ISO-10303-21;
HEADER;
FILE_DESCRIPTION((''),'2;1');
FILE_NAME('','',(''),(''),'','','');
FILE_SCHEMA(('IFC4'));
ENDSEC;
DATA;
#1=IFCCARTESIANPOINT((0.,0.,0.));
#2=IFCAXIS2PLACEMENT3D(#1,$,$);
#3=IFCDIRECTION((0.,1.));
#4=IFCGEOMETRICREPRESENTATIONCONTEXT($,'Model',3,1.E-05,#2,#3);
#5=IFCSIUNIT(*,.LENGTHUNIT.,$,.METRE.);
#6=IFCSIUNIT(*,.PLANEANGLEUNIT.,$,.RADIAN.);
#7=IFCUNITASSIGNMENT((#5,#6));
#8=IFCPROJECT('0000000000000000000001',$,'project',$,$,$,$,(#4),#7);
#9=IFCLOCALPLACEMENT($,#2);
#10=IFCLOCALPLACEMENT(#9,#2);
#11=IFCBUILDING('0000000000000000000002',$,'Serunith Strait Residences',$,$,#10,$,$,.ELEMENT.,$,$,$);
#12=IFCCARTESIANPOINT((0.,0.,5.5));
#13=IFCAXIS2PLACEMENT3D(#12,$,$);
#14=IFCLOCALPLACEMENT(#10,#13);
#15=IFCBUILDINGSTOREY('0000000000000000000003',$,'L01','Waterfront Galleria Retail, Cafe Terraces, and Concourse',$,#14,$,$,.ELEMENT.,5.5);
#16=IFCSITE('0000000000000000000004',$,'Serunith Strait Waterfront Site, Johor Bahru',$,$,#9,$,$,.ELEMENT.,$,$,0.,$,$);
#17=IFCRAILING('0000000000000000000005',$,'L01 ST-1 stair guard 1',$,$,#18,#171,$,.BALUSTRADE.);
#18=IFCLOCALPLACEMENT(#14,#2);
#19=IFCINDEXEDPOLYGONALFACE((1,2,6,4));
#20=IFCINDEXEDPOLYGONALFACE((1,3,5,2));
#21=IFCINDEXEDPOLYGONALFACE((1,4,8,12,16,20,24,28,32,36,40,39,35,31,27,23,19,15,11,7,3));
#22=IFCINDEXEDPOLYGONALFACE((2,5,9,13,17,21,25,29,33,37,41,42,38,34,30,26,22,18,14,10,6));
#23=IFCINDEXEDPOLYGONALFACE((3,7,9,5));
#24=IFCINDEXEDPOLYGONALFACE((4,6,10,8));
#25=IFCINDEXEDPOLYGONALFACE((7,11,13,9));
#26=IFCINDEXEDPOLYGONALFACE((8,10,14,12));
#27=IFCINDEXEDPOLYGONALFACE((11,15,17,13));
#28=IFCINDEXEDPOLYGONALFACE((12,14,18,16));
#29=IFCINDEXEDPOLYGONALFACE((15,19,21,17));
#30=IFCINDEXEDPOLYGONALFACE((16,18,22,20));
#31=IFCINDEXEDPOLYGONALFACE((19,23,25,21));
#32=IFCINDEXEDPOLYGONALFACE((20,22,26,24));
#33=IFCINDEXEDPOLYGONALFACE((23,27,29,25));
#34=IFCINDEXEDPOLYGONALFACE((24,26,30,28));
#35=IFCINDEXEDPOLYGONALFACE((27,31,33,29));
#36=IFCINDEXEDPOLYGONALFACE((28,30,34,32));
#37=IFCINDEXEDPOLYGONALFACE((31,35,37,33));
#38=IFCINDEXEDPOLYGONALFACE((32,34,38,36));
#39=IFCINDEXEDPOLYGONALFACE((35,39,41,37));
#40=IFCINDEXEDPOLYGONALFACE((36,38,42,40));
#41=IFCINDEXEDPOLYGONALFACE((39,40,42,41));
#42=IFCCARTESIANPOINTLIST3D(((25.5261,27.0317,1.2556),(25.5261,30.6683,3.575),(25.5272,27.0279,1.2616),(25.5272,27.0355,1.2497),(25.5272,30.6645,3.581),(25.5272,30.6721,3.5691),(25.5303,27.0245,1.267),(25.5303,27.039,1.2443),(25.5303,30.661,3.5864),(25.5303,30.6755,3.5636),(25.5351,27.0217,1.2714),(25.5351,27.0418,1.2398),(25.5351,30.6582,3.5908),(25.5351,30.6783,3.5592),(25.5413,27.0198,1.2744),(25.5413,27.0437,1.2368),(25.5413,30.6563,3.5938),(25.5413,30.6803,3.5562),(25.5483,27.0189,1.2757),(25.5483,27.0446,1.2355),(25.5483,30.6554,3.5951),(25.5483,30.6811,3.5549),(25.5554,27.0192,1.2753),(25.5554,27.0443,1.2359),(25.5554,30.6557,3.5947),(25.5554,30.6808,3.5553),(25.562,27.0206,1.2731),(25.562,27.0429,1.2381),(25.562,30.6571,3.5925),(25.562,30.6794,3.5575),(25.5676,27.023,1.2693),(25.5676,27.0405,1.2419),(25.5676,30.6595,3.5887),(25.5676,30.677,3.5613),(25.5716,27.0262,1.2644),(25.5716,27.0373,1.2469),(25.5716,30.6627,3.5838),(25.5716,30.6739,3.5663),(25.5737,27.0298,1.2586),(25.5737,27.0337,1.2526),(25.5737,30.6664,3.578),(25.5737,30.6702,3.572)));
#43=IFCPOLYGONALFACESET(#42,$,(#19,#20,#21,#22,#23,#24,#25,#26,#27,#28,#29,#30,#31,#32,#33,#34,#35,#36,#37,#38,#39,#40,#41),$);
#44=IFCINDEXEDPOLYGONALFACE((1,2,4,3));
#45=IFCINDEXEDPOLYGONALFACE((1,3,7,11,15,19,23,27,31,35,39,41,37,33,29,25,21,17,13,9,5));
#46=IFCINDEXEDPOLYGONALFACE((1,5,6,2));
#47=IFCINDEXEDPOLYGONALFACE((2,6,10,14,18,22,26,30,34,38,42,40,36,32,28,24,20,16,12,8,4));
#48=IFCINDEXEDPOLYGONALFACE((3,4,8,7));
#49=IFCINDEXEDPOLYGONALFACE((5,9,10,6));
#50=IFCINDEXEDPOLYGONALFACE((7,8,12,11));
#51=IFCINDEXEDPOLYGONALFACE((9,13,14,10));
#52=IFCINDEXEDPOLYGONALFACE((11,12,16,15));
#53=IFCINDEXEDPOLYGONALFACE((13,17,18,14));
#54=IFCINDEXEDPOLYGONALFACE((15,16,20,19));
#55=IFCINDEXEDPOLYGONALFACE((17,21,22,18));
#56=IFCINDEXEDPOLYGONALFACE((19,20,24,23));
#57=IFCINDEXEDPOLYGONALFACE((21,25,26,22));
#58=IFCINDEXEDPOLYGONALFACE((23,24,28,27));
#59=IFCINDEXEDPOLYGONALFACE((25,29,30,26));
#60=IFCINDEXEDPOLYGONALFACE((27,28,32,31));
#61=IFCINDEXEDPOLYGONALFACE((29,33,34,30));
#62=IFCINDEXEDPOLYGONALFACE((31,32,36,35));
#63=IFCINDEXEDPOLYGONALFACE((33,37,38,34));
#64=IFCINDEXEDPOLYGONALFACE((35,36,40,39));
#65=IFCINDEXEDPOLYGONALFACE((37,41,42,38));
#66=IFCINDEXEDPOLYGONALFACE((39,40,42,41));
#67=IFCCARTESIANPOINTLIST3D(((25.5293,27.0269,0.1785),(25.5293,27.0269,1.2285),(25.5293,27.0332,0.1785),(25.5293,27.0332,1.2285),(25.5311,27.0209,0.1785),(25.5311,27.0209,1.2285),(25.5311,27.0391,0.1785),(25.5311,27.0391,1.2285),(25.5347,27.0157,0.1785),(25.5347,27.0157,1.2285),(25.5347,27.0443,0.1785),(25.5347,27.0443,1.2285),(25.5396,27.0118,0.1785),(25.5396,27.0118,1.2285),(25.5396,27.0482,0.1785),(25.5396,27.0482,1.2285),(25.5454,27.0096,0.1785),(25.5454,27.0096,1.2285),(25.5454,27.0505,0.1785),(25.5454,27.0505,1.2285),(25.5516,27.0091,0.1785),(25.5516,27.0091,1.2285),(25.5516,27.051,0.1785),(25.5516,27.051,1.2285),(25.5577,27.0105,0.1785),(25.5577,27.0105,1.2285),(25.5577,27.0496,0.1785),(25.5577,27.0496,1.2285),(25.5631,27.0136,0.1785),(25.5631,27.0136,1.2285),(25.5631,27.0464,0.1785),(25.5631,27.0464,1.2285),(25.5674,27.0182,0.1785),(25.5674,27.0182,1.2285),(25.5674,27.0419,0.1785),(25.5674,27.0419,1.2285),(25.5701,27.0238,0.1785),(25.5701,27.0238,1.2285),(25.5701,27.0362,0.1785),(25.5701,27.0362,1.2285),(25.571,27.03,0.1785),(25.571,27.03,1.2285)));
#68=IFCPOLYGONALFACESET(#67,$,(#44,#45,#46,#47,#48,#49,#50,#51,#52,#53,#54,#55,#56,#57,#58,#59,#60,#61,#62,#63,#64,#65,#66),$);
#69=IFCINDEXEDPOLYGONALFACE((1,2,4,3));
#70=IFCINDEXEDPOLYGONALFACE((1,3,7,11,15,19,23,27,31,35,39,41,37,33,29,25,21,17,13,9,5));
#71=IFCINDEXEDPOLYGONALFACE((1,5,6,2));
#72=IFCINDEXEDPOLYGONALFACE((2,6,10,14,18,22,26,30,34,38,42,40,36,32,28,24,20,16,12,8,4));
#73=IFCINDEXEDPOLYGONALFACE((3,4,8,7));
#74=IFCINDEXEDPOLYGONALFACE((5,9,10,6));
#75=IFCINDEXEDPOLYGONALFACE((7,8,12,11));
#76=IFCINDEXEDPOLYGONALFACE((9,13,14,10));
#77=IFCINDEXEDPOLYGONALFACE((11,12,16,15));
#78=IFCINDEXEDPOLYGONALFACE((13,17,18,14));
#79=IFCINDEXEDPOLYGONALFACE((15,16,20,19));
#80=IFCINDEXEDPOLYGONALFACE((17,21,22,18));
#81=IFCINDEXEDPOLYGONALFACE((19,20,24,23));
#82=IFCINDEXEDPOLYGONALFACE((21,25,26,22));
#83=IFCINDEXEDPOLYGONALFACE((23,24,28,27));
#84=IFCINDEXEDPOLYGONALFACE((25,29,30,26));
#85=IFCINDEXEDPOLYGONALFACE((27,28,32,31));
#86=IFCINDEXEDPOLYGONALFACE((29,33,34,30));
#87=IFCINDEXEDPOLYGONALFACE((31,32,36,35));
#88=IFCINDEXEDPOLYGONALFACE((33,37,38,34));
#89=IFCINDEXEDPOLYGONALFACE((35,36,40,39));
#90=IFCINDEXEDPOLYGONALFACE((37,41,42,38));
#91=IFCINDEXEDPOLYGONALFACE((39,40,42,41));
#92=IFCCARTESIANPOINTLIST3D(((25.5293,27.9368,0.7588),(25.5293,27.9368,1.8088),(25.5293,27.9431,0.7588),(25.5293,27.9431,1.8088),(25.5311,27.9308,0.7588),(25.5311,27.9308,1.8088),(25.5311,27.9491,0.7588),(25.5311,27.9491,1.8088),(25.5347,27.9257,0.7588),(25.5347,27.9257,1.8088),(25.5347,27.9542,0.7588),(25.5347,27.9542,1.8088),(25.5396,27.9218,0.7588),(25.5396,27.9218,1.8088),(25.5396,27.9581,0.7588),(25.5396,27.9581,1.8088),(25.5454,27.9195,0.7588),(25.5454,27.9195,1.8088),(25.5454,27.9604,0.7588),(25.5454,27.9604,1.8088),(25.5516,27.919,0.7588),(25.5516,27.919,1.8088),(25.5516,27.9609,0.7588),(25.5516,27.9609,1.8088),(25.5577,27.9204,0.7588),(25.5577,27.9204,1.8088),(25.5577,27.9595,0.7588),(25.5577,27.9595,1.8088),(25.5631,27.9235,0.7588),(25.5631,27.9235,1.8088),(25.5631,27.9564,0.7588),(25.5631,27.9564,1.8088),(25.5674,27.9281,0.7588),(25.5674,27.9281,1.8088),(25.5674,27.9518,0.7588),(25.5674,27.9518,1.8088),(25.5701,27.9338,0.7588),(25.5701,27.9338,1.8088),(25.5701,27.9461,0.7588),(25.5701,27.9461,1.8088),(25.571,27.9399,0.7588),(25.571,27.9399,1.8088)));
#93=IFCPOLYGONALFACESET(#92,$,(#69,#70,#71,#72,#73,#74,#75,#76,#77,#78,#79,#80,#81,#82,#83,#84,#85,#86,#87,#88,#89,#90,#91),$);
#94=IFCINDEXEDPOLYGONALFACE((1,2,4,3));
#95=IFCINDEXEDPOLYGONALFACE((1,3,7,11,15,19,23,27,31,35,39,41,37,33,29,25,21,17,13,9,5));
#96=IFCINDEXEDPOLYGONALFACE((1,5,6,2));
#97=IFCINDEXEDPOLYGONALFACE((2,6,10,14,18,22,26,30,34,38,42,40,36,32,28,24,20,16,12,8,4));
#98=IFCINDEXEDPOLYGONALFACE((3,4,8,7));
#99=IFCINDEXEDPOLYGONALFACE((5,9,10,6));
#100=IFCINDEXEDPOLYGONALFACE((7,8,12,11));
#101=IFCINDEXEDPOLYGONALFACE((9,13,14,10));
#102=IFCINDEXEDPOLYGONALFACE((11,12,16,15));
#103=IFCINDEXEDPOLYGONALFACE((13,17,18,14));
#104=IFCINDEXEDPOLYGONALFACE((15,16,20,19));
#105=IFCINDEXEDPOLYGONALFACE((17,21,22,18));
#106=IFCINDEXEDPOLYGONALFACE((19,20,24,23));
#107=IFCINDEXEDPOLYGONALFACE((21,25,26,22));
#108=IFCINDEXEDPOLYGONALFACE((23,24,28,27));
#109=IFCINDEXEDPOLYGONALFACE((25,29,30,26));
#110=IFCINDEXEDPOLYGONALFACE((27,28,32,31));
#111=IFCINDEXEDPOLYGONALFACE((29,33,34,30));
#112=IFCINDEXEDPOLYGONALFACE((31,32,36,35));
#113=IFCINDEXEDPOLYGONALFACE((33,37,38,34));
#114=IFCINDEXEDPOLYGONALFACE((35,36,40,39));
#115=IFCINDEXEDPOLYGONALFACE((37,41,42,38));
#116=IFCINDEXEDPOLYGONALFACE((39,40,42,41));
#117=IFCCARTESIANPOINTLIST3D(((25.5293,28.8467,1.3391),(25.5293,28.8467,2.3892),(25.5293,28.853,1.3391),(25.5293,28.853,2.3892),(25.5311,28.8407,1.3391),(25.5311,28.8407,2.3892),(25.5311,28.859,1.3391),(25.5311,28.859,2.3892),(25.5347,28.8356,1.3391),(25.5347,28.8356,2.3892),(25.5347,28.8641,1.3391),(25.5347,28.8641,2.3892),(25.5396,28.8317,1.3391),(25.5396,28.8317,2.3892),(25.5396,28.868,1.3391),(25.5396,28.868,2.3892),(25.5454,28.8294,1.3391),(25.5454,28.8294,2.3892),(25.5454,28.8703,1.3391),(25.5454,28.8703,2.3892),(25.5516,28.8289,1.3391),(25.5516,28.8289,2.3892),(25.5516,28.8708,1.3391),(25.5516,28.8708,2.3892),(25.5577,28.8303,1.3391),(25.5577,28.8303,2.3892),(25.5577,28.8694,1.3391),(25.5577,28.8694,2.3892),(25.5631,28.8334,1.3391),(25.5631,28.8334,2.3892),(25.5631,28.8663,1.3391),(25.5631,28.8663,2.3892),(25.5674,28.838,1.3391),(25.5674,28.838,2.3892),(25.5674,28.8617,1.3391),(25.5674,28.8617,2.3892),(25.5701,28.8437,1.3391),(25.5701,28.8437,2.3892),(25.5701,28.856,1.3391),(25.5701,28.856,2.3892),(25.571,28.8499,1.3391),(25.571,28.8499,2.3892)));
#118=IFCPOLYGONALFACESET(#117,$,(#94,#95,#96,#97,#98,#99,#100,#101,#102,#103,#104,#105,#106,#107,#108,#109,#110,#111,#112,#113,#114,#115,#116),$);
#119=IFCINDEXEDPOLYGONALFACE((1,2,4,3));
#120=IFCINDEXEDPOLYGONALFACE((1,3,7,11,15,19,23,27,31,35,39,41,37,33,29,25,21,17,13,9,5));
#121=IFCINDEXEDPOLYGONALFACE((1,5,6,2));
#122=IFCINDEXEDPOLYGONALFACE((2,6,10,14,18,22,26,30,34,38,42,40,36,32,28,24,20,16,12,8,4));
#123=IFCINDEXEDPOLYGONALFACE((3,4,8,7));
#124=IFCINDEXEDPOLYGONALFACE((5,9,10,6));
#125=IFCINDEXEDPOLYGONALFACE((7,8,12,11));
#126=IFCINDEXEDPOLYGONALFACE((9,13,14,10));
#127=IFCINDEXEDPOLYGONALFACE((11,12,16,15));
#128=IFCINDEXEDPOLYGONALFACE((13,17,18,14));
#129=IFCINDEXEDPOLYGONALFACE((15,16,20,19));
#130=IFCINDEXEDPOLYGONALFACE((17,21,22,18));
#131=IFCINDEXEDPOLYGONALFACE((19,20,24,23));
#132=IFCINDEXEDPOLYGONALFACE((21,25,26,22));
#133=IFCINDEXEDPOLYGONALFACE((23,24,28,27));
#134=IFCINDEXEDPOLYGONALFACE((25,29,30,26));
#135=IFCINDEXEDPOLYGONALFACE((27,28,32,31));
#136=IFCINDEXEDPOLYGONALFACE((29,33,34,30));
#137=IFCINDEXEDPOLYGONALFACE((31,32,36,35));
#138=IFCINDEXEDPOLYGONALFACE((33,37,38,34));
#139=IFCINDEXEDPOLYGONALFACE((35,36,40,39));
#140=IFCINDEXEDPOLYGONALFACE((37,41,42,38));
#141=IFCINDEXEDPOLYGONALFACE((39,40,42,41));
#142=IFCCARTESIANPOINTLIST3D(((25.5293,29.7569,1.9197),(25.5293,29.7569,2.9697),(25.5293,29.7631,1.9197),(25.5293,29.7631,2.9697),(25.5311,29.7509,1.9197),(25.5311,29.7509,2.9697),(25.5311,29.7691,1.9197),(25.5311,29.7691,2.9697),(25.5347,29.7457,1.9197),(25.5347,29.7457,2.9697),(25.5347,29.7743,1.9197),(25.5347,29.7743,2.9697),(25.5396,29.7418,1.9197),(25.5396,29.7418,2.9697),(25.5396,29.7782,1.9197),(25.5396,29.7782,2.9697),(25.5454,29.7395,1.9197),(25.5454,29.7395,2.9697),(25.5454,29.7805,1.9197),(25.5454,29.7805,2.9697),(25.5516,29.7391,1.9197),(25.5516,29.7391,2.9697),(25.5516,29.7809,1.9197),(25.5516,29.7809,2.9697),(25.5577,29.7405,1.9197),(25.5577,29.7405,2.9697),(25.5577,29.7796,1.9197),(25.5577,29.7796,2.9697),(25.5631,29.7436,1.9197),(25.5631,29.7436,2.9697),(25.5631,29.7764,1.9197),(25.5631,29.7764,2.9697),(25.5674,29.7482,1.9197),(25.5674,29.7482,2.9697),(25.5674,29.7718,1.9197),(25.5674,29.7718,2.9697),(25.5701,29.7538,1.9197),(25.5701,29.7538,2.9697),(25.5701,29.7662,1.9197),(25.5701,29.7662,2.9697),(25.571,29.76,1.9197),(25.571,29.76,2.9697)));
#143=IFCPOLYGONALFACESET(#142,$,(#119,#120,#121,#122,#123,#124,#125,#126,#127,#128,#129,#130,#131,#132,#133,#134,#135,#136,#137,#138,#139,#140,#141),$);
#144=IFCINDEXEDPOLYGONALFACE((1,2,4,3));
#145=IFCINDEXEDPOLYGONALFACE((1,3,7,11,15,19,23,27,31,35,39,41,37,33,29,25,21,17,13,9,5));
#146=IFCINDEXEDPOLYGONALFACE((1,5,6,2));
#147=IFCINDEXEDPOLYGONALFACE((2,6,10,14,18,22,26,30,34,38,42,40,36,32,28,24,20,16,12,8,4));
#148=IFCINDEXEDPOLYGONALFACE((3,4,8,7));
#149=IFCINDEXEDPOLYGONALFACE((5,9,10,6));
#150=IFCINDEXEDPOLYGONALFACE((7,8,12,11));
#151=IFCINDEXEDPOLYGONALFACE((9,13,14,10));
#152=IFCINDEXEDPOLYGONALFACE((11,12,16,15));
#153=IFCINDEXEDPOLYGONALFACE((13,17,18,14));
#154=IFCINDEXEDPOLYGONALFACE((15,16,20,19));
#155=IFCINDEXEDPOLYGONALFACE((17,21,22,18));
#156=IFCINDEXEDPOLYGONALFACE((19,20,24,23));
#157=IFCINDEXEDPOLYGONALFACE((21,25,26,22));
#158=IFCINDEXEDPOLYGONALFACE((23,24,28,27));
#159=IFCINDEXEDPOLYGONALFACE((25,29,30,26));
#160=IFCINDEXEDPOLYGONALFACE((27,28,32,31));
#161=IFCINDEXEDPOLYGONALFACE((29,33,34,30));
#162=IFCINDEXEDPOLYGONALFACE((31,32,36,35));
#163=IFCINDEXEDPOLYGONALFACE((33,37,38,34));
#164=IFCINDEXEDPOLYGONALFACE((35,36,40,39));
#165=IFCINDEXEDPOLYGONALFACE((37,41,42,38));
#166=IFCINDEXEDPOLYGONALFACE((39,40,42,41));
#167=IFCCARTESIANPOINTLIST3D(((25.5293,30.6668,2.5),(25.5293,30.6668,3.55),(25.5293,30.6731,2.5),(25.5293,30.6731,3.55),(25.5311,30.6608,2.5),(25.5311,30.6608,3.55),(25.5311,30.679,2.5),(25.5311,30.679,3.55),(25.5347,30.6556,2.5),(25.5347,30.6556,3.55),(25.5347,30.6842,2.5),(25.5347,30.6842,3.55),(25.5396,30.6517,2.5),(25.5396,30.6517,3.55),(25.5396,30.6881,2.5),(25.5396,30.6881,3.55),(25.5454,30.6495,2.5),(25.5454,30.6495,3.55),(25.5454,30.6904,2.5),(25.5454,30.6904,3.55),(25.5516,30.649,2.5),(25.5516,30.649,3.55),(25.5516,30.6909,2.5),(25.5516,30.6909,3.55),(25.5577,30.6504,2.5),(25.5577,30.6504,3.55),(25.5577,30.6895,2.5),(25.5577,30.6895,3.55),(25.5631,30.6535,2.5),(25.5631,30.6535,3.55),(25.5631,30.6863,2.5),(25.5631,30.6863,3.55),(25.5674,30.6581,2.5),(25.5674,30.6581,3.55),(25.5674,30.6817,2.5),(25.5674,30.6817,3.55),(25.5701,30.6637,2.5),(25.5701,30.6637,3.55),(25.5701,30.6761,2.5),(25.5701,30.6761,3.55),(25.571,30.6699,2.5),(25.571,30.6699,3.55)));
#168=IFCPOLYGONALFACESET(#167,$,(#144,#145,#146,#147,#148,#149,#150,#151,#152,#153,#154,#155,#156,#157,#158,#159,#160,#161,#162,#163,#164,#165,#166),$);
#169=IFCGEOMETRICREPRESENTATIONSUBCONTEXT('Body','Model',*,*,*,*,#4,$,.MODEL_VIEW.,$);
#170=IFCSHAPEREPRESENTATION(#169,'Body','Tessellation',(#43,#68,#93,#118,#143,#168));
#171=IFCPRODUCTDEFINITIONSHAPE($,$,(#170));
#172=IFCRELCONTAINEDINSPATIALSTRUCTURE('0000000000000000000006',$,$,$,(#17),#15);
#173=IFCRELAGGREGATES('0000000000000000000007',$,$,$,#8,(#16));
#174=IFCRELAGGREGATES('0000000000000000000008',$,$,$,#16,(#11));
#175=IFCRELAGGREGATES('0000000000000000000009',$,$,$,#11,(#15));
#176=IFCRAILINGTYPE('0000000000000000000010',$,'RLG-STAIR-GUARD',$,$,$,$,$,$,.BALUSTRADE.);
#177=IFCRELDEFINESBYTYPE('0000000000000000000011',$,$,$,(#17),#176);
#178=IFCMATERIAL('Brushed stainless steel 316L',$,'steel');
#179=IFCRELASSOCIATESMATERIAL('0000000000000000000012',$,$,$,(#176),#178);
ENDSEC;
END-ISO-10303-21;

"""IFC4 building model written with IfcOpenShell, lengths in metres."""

from ifc_helpers import new_model, si_unit, direction, frame, origin, origin_2d, place, context, subcontext, project, spatial, circle, extrude, material, type_object, element, save


model = new_model("IFC4")

# Units and contexts
model_context = context("Model", 3, precision=1e-05, world=origin(), true_north=direction((0.0, 1.0)))
body_context = subcontext(model_context, "Body", "Model", "MODEL_VIEW")
ifc_project = project(units=[si_unit("LENGTHUNIT", "METRE"), si_unit("PLANEANGLEUNIT", "RADIAN")], contexts=[model_context])

# Site, building, storey
site_placement = place(None, origin())
site = spatial("IfcSite", under=ifc_project, at=site_placement, Name="Serunith Strait Waterfront Site, Johor Bahru", CompositionType="ELEMENT", RefElevation=0.0)
building_placement = place(site_placement, origin())
building = spatial("IfcBuilding", under=site, at=building_placement, Name="Serunith Strait Residences", CompositionType="ELEMENT")
storey_placement = place(building_placement, frame((0.0, 0.0, 5.5)))
storey = spatial("IfcBuildingStorey", under=building, at=storey_placement, Name="L01", Description="Waterfront Galleria Retail, Cafe Terraces, and Concourse", CompositionType="ELEMENT", Elevation=5.5)

# Railing
ifc_material_1 = material(Name="Brushed stainless steel 316L", Category="steel")
railing_type_1 = type_object("IfcRailingType", Name="RLG-STAIR-GUARD", PredefinedType="BALUSTRADE", material=ifc_material_1)
railing_1_placement = place(storey_placement, frame((25.55, 27.03, 0.1785)))
element("IfcRailing", 1, at=railing_1_placement, inside=storey, type_object=railing_type_1, Name="L01 ST-1 stair guard 1", PredefinedType="BALUSTRADE", context=body_context, shape_type="SweptSolid", body=[
    extrude(circle(Radius=0.0239, at=origin_2d()), frame((0.0, 0.0017, 1.0771), z_axis=(0.0, 0.843112, 0.537739), x_axis=(-1.0, 0.0, 0.0)), (0.0, 0.0, 1.0), 4.3132),
    extrude(circle(Radius=0.021, at=origin_2d()), origin(), (0.0, 0.0, 1.0), 1.05),
    extrude(circle(Radius=0.021, at=origin_2d()), frame((0.0, 0.9099, 0.5803)), (0.0, 0.0, 1.0), 1.05),
    extrude(circle(Radius=0.021, at=origin_2d()), frame((0.0, 1.8198, 1.1606)), (0.0, 0.0, 1.0), 1.05),
    extrude(circle(Radius=0.021, at=origin_2d()), frame((0.0, 2.73, 1.7412)), (0.0, 0.0, 1.0), 1.05),
    extrude(circle(Radius=0.021, at=origin_2d()), frame((0.0, 3.6399, 2.3215)), (0.0, 0.0, 1.0), 1.05),
])

save(model, "model.ifc")
